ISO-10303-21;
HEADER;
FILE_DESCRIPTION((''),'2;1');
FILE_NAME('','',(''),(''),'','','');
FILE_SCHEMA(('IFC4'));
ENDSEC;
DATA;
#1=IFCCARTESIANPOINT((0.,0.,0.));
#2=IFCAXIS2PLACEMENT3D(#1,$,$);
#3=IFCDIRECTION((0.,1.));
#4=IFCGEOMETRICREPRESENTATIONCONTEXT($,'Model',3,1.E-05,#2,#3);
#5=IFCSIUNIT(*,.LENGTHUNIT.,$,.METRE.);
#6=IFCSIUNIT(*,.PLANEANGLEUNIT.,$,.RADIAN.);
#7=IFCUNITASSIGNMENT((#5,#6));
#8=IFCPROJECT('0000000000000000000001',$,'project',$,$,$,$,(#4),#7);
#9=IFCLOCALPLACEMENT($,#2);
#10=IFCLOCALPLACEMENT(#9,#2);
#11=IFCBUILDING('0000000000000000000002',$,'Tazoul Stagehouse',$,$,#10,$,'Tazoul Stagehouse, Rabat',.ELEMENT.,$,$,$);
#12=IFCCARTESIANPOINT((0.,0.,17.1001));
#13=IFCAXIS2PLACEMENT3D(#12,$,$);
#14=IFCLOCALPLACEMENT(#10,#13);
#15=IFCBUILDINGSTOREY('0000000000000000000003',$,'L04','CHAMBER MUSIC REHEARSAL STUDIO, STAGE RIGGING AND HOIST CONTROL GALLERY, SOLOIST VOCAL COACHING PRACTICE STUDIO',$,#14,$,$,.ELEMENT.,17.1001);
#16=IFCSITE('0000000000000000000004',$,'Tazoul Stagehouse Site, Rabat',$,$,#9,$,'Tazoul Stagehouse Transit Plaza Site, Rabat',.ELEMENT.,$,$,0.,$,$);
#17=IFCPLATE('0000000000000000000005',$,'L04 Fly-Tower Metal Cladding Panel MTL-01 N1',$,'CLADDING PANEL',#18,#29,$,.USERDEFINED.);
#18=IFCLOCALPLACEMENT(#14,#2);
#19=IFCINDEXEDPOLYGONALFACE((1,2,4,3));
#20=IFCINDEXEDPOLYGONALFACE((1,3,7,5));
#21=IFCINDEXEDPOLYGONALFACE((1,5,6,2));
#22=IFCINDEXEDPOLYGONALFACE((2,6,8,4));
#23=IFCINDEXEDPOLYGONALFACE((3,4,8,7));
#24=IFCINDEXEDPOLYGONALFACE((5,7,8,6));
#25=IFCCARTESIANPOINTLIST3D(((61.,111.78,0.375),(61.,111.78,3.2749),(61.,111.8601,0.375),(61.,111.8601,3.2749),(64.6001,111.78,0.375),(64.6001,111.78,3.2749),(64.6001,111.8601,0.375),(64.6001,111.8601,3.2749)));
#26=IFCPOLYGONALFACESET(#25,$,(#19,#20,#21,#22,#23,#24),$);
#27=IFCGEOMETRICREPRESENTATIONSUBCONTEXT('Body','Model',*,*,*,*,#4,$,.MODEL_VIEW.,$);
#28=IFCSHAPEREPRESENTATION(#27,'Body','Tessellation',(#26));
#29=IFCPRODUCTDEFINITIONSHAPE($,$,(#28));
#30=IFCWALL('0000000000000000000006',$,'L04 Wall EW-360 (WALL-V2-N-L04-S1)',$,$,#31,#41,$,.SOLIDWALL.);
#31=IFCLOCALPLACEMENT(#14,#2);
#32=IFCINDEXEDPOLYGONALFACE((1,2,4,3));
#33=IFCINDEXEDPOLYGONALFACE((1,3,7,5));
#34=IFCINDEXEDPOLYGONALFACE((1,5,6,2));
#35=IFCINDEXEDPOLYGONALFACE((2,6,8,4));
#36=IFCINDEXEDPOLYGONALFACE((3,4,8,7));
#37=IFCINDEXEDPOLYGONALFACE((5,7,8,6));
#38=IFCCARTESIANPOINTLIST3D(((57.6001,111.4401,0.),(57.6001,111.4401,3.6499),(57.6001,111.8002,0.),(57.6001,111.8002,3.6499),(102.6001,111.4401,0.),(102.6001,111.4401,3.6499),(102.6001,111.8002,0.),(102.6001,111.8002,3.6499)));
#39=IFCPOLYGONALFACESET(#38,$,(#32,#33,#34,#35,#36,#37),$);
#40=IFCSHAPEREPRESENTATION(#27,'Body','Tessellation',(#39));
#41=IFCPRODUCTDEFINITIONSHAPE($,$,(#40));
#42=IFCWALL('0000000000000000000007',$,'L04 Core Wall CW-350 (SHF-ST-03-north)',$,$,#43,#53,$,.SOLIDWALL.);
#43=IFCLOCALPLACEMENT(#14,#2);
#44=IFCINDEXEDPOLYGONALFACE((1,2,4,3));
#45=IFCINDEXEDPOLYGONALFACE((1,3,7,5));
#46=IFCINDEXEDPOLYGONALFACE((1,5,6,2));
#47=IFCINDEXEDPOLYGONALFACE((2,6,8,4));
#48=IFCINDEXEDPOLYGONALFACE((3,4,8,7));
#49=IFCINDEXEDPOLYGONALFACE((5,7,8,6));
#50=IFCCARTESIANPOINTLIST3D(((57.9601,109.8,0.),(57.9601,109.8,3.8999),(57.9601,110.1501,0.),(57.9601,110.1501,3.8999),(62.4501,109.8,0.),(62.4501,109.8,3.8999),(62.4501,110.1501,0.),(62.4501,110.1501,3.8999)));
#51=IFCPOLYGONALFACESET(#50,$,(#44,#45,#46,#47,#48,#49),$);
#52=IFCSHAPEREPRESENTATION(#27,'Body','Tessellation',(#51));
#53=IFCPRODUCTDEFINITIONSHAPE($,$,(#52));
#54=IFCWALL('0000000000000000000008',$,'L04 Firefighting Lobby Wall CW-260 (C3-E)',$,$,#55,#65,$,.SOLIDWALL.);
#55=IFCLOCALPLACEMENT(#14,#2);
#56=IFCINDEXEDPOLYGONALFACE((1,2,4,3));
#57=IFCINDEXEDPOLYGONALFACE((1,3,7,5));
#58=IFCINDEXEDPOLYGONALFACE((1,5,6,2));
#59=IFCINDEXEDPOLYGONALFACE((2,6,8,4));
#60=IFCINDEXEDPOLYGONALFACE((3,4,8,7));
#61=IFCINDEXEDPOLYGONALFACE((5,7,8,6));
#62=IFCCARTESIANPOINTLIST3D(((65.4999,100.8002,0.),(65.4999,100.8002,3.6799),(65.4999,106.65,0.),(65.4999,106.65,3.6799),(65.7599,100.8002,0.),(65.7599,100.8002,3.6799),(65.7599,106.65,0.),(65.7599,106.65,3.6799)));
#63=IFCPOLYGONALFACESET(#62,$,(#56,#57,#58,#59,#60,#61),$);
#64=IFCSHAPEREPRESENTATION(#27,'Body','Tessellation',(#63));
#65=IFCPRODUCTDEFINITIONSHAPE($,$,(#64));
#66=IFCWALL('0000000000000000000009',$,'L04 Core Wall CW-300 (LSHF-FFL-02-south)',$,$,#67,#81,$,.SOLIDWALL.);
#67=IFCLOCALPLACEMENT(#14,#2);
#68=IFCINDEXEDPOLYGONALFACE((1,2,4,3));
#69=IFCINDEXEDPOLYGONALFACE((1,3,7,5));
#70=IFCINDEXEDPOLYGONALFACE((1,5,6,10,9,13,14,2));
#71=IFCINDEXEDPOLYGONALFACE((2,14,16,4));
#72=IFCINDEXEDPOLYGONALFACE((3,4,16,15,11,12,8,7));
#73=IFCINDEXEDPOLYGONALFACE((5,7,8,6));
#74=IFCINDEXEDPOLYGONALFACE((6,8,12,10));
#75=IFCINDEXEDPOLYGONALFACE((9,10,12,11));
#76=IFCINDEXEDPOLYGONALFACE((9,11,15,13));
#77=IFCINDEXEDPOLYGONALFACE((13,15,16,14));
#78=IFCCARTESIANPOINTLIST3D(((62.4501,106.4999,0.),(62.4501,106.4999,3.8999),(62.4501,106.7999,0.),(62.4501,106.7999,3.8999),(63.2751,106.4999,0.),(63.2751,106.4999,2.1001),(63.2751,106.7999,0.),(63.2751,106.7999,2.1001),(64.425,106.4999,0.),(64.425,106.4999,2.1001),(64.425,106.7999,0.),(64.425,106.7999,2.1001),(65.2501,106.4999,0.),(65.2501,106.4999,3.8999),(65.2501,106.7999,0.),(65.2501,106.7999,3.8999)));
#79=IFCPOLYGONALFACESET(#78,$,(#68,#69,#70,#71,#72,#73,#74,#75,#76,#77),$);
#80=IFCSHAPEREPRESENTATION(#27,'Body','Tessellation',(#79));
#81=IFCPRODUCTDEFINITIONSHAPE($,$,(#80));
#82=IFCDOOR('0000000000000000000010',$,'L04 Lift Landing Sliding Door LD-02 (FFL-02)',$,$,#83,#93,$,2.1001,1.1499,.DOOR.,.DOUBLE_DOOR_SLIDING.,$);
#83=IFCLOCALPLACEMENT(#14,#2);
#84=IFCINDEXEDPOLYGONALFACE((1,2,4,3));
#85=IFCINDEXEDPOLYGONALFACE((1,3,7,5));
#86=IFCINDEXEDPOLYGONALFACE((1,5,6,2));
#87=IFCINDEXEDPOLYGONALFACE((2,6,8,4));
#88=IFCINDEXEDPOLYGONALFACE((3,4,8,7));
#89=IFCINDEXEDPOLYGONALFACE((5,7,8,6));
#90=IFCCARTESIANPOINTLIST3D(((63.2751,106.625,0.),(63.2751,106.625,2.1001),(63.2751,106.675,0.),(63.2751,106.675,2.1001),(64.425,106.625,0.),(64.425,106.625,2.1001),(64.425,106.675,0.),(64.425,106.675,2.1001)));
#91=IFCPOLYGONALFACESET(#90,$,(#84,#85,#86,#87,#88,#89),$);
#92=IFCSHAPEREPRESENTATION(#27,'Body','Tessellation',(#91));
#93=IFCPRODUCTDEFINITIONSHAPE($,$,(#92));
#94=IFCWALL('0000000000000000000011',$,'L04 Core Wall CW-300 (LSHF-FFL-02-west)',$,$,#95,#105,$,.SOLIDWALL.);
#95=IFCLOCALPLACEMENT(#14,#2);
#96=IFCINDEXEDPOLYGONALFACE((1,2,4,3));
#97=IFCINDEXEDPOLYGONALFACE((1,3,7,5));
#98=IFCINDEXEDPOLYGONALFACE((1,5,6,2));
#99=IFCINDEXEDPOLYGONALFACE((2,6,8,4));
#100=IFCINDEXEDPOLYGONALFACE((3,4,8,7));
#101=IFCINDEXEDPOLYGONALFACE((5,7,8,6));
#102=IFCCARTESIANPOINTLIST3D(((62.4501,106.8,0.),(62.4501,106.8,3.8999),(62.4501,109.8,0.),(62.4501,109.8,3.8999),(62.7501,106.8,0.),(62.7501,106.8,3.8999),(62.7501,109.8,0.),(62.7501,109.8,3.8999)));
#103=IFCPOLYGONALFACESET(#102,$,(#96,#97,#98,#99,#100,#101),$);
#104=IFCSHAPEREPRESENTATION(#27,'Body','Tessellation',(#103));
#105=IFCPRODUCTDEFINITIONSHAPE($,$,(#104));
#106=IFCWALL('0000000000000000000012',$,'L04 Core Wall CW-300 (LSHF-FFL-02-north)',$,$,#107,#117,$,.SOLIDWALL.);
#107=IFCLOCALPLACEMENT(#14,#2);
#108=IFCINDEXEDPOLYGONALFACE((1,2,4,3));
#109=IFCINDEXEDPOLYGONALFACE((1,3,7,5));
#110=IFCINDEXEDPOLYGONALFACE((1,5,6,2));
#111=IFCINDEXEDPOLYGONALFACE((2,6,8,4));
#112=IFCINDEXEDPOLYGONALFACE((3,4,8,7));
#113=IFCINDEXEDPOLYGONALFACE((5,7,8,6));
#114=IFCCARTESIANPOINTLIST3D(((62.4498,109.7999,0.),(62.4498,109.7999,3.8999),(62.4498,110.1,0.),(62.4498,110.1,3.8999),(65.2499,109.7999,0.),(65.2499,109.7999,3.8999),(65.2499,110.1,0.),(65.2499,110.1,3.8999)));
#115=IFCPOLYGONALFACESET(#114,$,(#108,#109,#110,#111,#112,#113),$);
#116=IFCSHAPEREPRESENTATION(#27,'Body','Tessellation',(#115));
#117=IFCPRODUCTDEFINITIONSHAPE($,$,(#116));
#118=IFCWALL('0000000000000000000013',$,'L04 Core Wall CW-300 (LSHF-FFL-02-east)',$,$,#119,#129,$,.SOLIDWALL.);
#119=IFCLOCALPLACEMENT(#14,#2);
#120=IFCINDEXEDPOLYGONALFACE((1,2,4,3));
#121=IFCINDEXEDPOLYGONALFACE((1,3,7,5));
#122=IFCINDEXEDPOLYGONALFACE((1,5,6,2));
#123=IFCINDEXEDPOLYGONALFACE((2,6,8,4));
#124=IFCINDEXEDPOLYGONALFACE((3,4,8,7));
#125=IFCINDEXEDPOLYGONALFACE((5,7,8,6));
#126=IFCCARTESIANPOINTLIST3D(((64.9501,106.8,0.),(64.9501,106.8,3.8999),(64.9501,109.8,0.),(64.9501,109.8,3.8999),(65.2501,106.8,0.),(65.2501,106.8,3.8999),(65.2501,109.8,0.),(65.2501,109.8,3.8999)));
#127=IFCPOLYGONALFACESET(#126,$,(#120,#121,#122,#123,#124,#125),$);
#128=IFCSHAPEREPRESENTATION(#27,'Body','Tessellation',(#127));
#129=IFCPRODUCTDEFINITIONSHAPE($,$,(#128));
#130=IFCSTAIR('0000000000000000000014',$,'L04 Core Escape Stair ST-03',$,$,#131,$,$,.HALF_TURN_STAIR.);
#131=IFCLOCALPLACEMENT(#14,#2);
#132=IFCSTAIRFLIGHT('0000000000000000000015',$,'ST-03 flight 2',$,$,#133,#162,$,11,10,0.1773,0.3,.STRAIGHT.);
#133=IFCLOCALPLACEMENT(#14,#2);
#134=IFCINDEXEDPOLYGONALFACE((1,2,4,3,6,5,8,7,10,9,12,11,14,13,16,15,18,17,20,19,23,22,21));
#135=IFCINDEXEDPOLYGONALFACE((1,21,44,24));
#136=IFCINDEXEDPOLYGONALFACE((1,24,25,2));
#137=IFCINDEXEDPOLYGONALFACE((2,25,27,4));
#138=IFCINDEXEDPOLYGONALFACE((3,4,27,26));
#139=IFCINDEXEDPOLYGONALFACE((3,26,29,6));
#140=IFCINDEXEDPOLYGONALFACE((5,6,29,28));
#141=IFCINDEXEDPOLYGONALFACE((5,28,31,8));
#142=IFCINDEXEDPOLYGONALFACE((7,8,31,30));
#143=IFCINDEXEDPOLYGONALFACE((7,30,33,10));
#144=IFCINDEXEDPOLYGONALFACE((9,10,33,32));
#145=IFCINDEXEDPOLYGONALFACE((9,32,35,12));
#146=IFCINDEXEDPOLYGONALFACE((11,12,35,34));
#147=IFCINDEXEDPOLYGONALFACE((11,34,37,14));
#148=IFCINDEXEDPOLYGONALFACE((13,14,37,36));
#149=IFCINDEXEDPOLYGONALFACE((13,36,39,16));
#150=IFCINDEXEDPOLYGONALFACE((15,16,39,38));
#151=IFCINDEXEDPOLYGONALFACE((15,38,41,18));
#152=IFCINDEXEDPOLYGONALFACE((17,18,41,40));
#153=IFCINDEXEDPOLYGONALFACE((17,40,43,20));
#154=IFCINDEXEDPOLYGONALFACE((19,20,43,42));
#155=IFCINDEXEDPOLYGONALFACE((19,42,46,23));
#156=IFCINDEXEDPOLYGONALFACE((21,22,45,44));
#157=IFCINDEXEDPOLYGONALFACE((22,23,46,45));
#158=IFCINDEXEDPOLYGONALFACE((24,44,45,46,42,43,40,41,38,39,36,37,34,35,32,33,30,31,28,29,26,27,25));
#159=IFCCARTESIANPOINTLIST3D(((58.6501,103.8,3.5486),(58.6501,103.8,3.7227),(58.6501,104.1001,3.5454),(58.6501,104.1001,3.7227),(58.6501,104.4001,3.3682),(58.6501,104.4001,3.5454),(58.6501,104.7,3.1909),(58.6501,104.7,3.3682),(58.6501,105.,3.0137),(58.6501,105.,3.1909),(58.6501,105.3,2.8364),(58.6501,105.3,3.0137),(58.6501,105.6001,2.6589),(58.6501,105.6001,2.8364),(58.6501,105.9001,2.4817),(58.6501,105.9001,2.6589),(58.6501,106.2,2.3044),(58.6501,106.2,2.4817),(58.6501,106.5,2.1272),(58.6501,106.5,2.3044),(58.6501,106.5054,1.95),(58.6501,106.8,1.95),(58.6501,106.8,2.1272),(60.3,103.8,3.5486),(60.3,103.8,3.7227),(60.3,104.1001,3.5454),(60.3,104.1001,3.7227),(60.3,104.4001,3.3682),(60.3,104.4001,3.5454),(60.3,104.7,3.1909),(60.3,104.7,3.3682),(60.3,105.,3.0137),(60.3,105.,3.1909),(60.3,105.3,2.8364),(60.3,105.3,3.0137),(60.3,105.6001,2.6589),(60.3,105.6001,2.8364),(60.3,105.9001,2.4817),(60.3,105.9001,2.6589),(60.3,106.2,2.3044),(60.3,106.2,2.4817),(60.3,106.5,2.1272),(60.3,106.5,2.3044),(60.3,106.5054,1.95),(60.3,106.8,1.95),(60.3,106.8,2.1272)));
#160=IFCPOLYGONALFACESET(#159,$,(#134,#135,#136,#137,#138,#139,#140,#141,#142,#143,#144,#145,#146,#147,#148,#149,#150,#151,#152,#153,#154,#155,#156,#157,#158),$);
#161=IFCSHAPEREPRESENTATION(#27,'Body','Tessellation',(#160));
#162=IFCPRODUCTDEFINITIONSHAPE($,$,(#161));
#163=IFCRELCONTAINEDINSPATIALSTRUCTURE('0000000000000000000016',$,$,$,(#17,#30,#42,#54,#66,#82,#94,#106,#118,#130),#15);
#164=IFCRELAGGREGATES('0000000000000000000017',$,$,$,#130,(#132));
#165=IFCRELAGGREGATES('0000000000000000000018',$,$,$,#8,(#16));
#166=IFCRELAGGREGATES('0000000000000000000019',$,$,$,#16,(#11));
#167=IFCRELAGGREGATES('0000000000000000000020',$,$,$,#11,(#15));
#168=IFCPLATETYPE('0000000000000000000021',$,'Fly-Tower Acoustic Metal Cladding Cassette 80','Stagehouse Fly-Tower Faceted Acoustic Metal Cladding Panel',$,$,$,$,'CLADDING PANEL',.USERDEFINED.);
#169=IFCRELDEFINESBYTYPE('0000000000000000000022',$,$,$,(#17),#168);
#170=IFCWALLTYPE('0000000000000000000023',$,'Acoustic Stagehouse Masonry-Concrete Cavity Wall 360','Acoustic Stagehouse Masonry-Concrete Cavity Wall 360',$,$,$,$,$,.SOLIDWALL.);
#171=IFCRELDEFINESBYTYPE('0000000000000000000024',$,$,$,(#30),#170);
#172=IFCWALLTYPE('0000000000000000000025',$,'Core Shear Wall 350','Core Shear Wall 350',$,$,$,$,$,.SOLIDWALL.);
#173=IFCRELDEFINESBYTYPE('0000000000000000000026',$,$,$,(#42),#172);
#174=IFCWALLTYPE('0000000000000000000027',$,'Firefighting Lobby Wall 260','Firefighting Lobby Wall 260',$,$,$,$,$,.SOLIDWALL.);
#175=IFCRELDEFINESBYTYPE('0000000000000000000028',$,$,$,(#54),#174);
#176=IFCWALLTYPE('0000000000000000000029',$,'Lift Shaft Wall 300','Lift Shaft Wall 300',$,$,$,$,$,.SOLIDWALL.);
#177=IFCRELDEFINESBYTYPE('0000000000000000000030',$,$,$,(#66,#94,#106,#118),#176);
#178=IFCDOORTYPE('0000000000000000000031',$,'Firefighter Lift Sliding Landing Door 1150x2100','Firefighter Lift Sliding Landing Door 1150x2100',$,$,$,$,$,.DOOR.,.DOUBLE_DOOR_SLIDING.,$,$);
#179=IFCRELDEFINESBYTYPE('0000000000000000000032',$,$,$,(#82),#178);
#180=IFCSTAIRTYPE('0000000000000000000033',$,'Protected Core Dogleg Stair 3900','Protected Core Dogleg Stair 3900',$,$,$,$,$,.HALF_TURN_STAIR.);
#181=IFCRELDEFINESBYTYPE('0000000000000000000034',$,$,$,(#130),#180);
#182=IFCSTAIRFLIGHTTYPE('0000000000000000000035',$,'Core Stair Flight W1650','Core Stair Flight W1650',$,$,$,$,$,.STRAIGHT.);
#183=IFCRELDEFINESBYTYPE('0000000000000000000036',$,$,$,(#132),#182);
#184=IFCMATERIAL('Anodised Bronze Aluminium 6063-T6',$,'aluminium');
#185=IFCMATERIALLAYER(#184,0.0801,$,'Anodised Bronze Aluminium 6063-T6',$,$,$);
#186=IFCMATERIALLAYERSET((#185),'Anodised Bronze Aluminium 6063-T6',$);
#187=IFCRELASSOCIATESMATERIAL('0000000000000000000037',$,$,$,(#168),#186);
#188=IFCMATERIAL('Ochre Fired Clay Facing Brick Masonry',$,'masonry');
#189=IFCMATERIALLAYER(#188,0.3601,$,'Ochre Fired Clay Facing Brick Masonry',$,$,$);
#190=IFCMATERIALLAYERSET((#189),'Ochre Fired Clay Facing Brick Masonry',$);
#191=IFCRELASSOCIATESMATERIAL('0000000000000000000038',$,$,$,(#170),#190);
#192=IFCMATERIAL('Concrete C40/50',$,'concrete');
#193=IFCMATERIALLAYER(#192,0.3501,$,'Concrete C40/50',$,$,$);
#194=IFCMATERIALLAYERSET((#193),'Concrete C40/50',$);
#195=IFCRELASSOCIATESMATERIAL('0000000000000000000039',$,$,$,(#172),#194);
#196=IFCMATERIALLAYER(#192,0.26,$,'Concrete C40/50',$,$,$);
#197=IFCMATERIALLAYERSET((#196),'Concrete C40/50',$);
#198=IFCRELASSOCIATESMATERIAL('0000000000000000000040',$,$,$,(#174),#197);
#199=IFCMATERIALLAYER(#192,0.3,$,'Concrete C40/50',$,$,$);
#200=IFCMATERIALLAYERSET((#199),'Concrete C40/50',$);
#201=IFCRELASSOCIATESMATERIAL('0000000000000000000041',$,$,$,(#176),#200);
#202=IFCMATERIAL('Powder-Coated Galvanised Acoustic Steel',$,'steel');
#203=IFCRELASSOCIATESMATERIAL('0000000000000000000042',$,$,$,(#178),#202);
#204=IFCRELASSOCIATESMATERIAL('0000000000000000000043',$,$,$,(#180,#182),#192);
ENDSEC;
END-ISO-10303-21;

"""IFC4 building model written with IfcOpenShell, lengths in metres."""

from ifc_helpers import new_model, si_unit, direction, frame, frame_2d, origin, origin_2d, place, context, subcontext, project, spatial, polyline, rectangle, outline, extrude, material, layer, layer_set, type_object, element, fill, aggregate, save


model = new_model("IFC4")

# Units and contexts
model_context = context("Model", 3, precision=1e-05, world=origin(), true_north=direction((0.0, 1.0)))
body_context = subcontext(model_context, "Body", "Model", "MODEL_VIEW")
ifc_project = project(units=[si_unit("LENGTHUNIT", "METRE"), si_unit("PLANEANGLEUNIT", "RADIAN")], contexts=[model_context])

# Site, building, storey
site_placement = place(None, origin())
site = spatial("IfcSite", under=ifc_project, at=site_placement, Name="Tazoul Stagehouse Site, Rabat", LongName="Tazoul Stagehouse Transit Plaza Site, Rabat", CompositionType="ELEMENT", RefElevation=0.0)
building_placement = place(site_placement, origin())
building = spatial("IfcBuilding", under=site, at=building_placement, Name="Tazoul Stagehouse", LongName="Tazoul Stagehouse, Rabat", CompositionType="ELEMENT")
storey_placement = place(building_placement, frame((0.0, 0.0, 17.1001)))
storey = spatial("IfcBuildingStorey", under=building, at=storey_placement, Name="L04", Description="CHAMBER MUSIC REHEARSAL STUDIO, STAGE RIGGING AND HOIST CONTROL GALLERY, SOLOIST VOCAL COACHING PRACTICE STUDIO", CompositionType="ELEMENT", Elevation=17.1001)

# Shared definitions
ifc_material_1 = material(Name="Concrete C40/50", Category="concrete")

# Plate
ifc_material_2 = material(Name="Anodised Bronze Aluminium 6063-T6", Category="aluminium")
ifc_layer_1 = layer(ifc_material_2, 0.0801, Name="Anodised Bronze Aluminium 6063-T6")
ifc_layer_set_1 = layer_set([ifc_layer_1], Name="Anodised Bronze Aluminium 6063-T6")
plate_type = type_object("IfcPlateType", Name="Fly-Tower Acoustic Metal Cladding Cassette 80", Description="Stagehouse Fly-Tower Faceted Acoustic Metal Cladding Panel", ElementType="CLADDING PANEL", PredefinedType="USERDEFINED", material=ifc_layer_set_1)
plate_1_placement = place(storey_placement, frame((62.8, 111.8201, 0.375), z_axis=(0.0, 0.0, 1.0), x_axis=(1.0, 0.0, 0.0)))
element("IfcPlate", 1, at=plate_1_placement, inside=storey, type_object=plate_type, Name="L04 Fly-Tower Metal Cladding Panel MTL-01 N1", ObjectType="CLADDING PANEL", PredefinedType="USERDEFINED", context=body_context, shape_type="SweptSolid", body=[
    extrude(rectangle(XDim=3.6001, YDim=0.0801, at=origin_2d()), origin(), (0.0, 0.0, 1.0), 2.8999),
])

# Walls
ifc_material_3 = material(Name="Ochre Fired Clay Facing Brick Masonry", Category="masonry")
ifc_layer_2 = layer(ifc_material_3, 0.3601, Name="Ochre Fired Clay Facing Brick Masonry")
ifc_layer_set_2 = layer_set([ifc_layer_2], Name="Ochre Fired Clay Facing Brick Masonry")
wall_type_1 = type_object("IfcWallType", Name="Acoustic Stagehouse Masonry-Concrete Cavity Wall 360", Description="Acoustic Stagehouse Masonry-Concrete Cavity Wall 360", PredefinedType="SOLIDWALL", material=ifc_layer_set_2)
wall_1_placement = place(storey_placement, frame((57.6001, 111.6201, 0.0), z_axis=(0.0, 0.0, 1.0), x_axis=(1.0, 0.0, 0.0)))
element("IfcWall", 2, at=wall_1_placement, inside=storey, type_object=wall_type_1, Name="L04 Wall EW-360 (WALL-V2-N-L04-S1)", PredefinedType="SOLIDWALL", context=body_context, shape_type="SweptSolid", body=[
    extrude(rectangle(XDim=45.0, YDim=0.3601, at=frame_2d((22.5, 0.0))), origin(), (0.0, 0.0, 1.0), 3.6499),
])
ifc_layer_3 = layer(ifc_material_1, 0.3501, Name="Concrete C40/50")
ifc_layer_set_3 = layer_set([ifc_layer_3], Name="Concrete C40/50")
wall_type_2 = type_object("IfcWallType", Name="Core Shear Wall 350", Description="Core Shear Wall 350", PredefinedType="SOLIDWALL", material=ifc_layer_set_3)
wall_2_placement = place(storey_placement, frame((57.96, 109.9751, 0.0), z_axis=(0.0, 0.0, 1.0), x_axis=(1.0, 0.0, 0.0)))
element("IfcWall", 3, at=wall_2_placement, inside=storey, type_object=wall_type_2, Name="L04 Core Wall CW-350 (SHF-ST-03-north)", PredefinedType="SOLIDWALL", context=body_context, shape_type="SweptSolid", body=[
    extrude(rectangle(XDim=4.49, YDim=0.3501, at=frame_2d((2.2451, 0.0))), origin(), (0.0, 0.0, 1.0), 3.8999),
])

# Shared definitions
ifc_material_4 = material(Name="Powder-Coated Galvanised Acoustic Steel", Category="steel")

# Wall
ifc_layer_4 = layer(ifc_material_1, 0.26, Name="Concrete C40/50")
ifc_layer_set_4 = layer_set([ifc_layer_4], Name="Concrete C40/50")
wall_type_3 = type_object("IfcWallType", Name="Firefighting Lobby Wall 260", Description="Firefighting Lobby Wall 260", PredefinedType="SOLIDWALL", material=ifc_layer_set_4)
wall_3_placement = place(storey_placement, frame((65.6299, 106.6499, 0.0), z_axis=(0.0, 0.0, 1.0), x_axis=(0.0, -1.0, 0.0)))
element("IfcWall", 4, at=wall_3_placement, inside=storey, type_object=wall_type_3, Name="L04 Firefighting Lobby Wall CW-260 (C3-E)", PredefinedType="SOLIDWALL", context=body_context, shape_type="SweptSolid", body=[
    extrude(rectangle(XDim=5.8499, YDim=0.26, at=frame_2d((2.9248, 0.0))), origin(), (0.0, 0.0, 1.0), 3.6799),
])

# Wall, opening, door
ifc_layer_5 = layer(ifc_material_1, 0.3, Name="Concrete C40/50")
ifc_layer_set_5 = layer_set([ifc_layer_5], Name="Concrete C40/50")
wall_type_4 = type_object("IfcWallType", Name="Lift Shaft Wall 300", Description="Lift Shaft Wall 300", PredefinedType="SOLIDWALL", material=ifc_layer_set_5)
wall_4_placement = place(storey_placement, frame((65.25, 106.6499, 0.0), z_axis=(0.0, 0.0, 1.0), x_axis=(-1.0, 0.0, 0.0)))
wall_4 = element("IfcWall", 5, at=wall_4_placement, inside=storey, type_object=wall_type_4, Name="L04 Core Wall CW-300 (LSHF-FFL-02-south)", PredefinedType="SOLIDWALL", context=body_context, shape_type="SweptSolid", body=[
    extrude(rectangle(XDim=2.8, YDim=0.3, at=frame_2d((1.3999, 0.0))), origin(), (0.0, 0.0, 1.0), 3.8999),
])
opening_1_placement = place(wall_4_placement, frame((0.825, 0.0, 0.0)))
opening_1 = element("IfcOpeningElement", 6, at=opening_1_placement, cuts=wall_4, PredefinedType="OPENING", context=body_context, shape_type="SweptSolid", body=[
    extrude(rectangle(XDim=1.1499, YDim=2.1001, at=frame_2d((0.575, 1.05))), frame((0.0, 0.1699, 0.0), z_axis=(0.0, -1.0, 0.0), x_axis=(1.0, 0.0, 0.0)), (0.0, 0.0, 1.0), 0.3401),
])
door_type_1 = type_object("IfcDoorType", Name="Firefighter Lift Sliding Landing Door 1150x2100", Description="Firefighter Lift Sliding Landing Door 1150x2100", OperationType="DOUBLE_DOOR_SLIDING", PredefinedType="DOOR", material=ifc_material_4)
door_1_placement = place(opening_1_placement, origin())
door_1 = element("IfcDoor", 7, at=door_1_placement, inside=storey, type_object=door_type_1, Name="L04 Lift Landing Sliding Door LD-02 (FFL-02)", OperationType="DOUBLE_DOOR_SLIDING", OverallHeight=2.1001, OverallWidth=1.1499, PredefinedType="DOOR", context=body_context, shape_type="SweptSolid", body=[
    extrude(rectangle(XDim=1.1499, YDim=2.1001, at=frame_2d((0.575, 1.05))), frame((0.0, 0.0249, 0.0), z_axis=(0.0, -1.0, 0.0), x_axis=(1.0, 0.0, 0.0)), (0.0, 0.0, 1.0), 0.05),
])
fill(opening_1, door_1)

# Walls
wall_5_placement = place(storey_placement, frame((62.6001, 106.8, 0.0), z_axis=(0.0, 0.0, 1.0), x_axis=(0.0, 1.0, 0.0)))
element("IfcWall", 8, at=wall_5_placement, inside=storey, type_object=wall_type_4, Name="L04 Core Wall CW-300 (LSHF-FFL-02-west)", PredefinedType="SOLIDWALL", context=body_context, shape_type="SweptSolid", body=[
    extrude(rectangle(XDim=3.0, YDim=0.3, at=frame_2d((1.5, 0.0))), origin(), (0.0, 0.0, 1.0), 3.8999),
])
wall_6_placement = place(storey_placement, frame((62.45, 109.95, 0.0), z_axis=(0.0, 0.0, 1.0), x_axis=(1.0, 0.0, 0.0)))
element("IfcWall", 9, at=wall_6_placement, inside=storey, type_object=wall_type_4, Name="L04 Core Wall CW-300 (LSHF-FFL-02-north)", PredefinedType="SOLIDWALL", context=body_context, shape_type="SweptSolid", body=[
    extrude(rectangle(XDim=2.8, YDim=0.3, at=frame_2d((1.3999, 0.0))), origin(), (0.0, 0.0, 1.0), 3.8999),
])
wall_7_placement = place(storey_placement, frame((65.1001, 109.8, 0.0), z_axis=(0.0, 0.0, 1.0), x_axis=(0.0, -1.0, 0.0)))
element("IfcWall", 10, at=wall_7_placement, inside=storey, type_object=wall_type_4, Name="L04 Core Wall CW-300 (LSHF-FFL-02-east)", PredefinedType="SOLIDWALL", context=body_context, shape_type="SweptSolid", body=[
    extrude(rectangle(XDim=3.0, YDim=0.3, at=frame_2d((1.5, 0.0))), origin(), (0.0, 0.0, 1.0), 3.8999),
])

# Stair, stair flight
stair_type = type_object("IfcStairType", Name="Protected Core Dogleg Stair 3900", Description="Protected Core Dogleg Stair 3900", PredefinedType="HALF_TURN_STAIR", material=ifc_material_1)
stair_placement = place(storey_placement, origin())
stair = element("IfcStair", 11, at=stair_placement, inside=storey, type_object=stair_type, Name="L04 Core Escape Stair ST-03", PredefinedType="HALF_TURN_STAIR")
stair_flight_type = type_object("IfcStairFlightType", Name="Core Stair Flight W1650", Description="Core Stair Flight W1650", PredefinedType="STRAIGHT", material=ifc_material_1)
stair_flight_placement = place(storey_placement, frame((59.4751, 106.8, 1.95), z_axis=(0.0, 0.0, 1.0), x_axis=(0.0, -1.0, 0.0)))
stair_flight = element("IfcStairFlight", 12, at=stair_flight_placement, type_object=stair_flight_type, Name="ST-03 flight 2", NumberOfRisers=11, NumberOfTreads=10, PredefinedType="STRAIGHT", RiserHeight=0.1773, TreadLength=0.3, context=body_context, shape_type="SweptSolid", body=[
    extrude(outline(polyline([(0.0, 0.0), (0.0, 0.1772), (0.3, 0.1772), (0.3, 0.3545), (0.6001, 0.3545), (0.6001, 0.5317), (0.8999, 0.5317), (0.8999, 0.709), (1.2, 0.709), (1.2, 0.8865), (1.5, 0.8865), (1.5, 1.0637), (1.8, 1.0637), (1.8, 1.241), (2.1001, 1.241), (2.1001, 1.4182), (2.3999, 1.4182), (2.3999, 1.5955), (2.7, 1.5955), (2.7, 1.7727), (3.0, 1.7727), (3.0, 1.95), (3.0, 1.5986), (0.2947, 0.0), (0.0, 0.0)])), frame((0.0, 0.825, 0.0), z_axis=(0.0, -1.0, 0.0), x_axis=(1.0, 0.0, 0.0)), (0.0, 0.0, 1.0), 1.6499),
])
aggregate(stair, [stair_flight])

save(model, "model.ifc")
